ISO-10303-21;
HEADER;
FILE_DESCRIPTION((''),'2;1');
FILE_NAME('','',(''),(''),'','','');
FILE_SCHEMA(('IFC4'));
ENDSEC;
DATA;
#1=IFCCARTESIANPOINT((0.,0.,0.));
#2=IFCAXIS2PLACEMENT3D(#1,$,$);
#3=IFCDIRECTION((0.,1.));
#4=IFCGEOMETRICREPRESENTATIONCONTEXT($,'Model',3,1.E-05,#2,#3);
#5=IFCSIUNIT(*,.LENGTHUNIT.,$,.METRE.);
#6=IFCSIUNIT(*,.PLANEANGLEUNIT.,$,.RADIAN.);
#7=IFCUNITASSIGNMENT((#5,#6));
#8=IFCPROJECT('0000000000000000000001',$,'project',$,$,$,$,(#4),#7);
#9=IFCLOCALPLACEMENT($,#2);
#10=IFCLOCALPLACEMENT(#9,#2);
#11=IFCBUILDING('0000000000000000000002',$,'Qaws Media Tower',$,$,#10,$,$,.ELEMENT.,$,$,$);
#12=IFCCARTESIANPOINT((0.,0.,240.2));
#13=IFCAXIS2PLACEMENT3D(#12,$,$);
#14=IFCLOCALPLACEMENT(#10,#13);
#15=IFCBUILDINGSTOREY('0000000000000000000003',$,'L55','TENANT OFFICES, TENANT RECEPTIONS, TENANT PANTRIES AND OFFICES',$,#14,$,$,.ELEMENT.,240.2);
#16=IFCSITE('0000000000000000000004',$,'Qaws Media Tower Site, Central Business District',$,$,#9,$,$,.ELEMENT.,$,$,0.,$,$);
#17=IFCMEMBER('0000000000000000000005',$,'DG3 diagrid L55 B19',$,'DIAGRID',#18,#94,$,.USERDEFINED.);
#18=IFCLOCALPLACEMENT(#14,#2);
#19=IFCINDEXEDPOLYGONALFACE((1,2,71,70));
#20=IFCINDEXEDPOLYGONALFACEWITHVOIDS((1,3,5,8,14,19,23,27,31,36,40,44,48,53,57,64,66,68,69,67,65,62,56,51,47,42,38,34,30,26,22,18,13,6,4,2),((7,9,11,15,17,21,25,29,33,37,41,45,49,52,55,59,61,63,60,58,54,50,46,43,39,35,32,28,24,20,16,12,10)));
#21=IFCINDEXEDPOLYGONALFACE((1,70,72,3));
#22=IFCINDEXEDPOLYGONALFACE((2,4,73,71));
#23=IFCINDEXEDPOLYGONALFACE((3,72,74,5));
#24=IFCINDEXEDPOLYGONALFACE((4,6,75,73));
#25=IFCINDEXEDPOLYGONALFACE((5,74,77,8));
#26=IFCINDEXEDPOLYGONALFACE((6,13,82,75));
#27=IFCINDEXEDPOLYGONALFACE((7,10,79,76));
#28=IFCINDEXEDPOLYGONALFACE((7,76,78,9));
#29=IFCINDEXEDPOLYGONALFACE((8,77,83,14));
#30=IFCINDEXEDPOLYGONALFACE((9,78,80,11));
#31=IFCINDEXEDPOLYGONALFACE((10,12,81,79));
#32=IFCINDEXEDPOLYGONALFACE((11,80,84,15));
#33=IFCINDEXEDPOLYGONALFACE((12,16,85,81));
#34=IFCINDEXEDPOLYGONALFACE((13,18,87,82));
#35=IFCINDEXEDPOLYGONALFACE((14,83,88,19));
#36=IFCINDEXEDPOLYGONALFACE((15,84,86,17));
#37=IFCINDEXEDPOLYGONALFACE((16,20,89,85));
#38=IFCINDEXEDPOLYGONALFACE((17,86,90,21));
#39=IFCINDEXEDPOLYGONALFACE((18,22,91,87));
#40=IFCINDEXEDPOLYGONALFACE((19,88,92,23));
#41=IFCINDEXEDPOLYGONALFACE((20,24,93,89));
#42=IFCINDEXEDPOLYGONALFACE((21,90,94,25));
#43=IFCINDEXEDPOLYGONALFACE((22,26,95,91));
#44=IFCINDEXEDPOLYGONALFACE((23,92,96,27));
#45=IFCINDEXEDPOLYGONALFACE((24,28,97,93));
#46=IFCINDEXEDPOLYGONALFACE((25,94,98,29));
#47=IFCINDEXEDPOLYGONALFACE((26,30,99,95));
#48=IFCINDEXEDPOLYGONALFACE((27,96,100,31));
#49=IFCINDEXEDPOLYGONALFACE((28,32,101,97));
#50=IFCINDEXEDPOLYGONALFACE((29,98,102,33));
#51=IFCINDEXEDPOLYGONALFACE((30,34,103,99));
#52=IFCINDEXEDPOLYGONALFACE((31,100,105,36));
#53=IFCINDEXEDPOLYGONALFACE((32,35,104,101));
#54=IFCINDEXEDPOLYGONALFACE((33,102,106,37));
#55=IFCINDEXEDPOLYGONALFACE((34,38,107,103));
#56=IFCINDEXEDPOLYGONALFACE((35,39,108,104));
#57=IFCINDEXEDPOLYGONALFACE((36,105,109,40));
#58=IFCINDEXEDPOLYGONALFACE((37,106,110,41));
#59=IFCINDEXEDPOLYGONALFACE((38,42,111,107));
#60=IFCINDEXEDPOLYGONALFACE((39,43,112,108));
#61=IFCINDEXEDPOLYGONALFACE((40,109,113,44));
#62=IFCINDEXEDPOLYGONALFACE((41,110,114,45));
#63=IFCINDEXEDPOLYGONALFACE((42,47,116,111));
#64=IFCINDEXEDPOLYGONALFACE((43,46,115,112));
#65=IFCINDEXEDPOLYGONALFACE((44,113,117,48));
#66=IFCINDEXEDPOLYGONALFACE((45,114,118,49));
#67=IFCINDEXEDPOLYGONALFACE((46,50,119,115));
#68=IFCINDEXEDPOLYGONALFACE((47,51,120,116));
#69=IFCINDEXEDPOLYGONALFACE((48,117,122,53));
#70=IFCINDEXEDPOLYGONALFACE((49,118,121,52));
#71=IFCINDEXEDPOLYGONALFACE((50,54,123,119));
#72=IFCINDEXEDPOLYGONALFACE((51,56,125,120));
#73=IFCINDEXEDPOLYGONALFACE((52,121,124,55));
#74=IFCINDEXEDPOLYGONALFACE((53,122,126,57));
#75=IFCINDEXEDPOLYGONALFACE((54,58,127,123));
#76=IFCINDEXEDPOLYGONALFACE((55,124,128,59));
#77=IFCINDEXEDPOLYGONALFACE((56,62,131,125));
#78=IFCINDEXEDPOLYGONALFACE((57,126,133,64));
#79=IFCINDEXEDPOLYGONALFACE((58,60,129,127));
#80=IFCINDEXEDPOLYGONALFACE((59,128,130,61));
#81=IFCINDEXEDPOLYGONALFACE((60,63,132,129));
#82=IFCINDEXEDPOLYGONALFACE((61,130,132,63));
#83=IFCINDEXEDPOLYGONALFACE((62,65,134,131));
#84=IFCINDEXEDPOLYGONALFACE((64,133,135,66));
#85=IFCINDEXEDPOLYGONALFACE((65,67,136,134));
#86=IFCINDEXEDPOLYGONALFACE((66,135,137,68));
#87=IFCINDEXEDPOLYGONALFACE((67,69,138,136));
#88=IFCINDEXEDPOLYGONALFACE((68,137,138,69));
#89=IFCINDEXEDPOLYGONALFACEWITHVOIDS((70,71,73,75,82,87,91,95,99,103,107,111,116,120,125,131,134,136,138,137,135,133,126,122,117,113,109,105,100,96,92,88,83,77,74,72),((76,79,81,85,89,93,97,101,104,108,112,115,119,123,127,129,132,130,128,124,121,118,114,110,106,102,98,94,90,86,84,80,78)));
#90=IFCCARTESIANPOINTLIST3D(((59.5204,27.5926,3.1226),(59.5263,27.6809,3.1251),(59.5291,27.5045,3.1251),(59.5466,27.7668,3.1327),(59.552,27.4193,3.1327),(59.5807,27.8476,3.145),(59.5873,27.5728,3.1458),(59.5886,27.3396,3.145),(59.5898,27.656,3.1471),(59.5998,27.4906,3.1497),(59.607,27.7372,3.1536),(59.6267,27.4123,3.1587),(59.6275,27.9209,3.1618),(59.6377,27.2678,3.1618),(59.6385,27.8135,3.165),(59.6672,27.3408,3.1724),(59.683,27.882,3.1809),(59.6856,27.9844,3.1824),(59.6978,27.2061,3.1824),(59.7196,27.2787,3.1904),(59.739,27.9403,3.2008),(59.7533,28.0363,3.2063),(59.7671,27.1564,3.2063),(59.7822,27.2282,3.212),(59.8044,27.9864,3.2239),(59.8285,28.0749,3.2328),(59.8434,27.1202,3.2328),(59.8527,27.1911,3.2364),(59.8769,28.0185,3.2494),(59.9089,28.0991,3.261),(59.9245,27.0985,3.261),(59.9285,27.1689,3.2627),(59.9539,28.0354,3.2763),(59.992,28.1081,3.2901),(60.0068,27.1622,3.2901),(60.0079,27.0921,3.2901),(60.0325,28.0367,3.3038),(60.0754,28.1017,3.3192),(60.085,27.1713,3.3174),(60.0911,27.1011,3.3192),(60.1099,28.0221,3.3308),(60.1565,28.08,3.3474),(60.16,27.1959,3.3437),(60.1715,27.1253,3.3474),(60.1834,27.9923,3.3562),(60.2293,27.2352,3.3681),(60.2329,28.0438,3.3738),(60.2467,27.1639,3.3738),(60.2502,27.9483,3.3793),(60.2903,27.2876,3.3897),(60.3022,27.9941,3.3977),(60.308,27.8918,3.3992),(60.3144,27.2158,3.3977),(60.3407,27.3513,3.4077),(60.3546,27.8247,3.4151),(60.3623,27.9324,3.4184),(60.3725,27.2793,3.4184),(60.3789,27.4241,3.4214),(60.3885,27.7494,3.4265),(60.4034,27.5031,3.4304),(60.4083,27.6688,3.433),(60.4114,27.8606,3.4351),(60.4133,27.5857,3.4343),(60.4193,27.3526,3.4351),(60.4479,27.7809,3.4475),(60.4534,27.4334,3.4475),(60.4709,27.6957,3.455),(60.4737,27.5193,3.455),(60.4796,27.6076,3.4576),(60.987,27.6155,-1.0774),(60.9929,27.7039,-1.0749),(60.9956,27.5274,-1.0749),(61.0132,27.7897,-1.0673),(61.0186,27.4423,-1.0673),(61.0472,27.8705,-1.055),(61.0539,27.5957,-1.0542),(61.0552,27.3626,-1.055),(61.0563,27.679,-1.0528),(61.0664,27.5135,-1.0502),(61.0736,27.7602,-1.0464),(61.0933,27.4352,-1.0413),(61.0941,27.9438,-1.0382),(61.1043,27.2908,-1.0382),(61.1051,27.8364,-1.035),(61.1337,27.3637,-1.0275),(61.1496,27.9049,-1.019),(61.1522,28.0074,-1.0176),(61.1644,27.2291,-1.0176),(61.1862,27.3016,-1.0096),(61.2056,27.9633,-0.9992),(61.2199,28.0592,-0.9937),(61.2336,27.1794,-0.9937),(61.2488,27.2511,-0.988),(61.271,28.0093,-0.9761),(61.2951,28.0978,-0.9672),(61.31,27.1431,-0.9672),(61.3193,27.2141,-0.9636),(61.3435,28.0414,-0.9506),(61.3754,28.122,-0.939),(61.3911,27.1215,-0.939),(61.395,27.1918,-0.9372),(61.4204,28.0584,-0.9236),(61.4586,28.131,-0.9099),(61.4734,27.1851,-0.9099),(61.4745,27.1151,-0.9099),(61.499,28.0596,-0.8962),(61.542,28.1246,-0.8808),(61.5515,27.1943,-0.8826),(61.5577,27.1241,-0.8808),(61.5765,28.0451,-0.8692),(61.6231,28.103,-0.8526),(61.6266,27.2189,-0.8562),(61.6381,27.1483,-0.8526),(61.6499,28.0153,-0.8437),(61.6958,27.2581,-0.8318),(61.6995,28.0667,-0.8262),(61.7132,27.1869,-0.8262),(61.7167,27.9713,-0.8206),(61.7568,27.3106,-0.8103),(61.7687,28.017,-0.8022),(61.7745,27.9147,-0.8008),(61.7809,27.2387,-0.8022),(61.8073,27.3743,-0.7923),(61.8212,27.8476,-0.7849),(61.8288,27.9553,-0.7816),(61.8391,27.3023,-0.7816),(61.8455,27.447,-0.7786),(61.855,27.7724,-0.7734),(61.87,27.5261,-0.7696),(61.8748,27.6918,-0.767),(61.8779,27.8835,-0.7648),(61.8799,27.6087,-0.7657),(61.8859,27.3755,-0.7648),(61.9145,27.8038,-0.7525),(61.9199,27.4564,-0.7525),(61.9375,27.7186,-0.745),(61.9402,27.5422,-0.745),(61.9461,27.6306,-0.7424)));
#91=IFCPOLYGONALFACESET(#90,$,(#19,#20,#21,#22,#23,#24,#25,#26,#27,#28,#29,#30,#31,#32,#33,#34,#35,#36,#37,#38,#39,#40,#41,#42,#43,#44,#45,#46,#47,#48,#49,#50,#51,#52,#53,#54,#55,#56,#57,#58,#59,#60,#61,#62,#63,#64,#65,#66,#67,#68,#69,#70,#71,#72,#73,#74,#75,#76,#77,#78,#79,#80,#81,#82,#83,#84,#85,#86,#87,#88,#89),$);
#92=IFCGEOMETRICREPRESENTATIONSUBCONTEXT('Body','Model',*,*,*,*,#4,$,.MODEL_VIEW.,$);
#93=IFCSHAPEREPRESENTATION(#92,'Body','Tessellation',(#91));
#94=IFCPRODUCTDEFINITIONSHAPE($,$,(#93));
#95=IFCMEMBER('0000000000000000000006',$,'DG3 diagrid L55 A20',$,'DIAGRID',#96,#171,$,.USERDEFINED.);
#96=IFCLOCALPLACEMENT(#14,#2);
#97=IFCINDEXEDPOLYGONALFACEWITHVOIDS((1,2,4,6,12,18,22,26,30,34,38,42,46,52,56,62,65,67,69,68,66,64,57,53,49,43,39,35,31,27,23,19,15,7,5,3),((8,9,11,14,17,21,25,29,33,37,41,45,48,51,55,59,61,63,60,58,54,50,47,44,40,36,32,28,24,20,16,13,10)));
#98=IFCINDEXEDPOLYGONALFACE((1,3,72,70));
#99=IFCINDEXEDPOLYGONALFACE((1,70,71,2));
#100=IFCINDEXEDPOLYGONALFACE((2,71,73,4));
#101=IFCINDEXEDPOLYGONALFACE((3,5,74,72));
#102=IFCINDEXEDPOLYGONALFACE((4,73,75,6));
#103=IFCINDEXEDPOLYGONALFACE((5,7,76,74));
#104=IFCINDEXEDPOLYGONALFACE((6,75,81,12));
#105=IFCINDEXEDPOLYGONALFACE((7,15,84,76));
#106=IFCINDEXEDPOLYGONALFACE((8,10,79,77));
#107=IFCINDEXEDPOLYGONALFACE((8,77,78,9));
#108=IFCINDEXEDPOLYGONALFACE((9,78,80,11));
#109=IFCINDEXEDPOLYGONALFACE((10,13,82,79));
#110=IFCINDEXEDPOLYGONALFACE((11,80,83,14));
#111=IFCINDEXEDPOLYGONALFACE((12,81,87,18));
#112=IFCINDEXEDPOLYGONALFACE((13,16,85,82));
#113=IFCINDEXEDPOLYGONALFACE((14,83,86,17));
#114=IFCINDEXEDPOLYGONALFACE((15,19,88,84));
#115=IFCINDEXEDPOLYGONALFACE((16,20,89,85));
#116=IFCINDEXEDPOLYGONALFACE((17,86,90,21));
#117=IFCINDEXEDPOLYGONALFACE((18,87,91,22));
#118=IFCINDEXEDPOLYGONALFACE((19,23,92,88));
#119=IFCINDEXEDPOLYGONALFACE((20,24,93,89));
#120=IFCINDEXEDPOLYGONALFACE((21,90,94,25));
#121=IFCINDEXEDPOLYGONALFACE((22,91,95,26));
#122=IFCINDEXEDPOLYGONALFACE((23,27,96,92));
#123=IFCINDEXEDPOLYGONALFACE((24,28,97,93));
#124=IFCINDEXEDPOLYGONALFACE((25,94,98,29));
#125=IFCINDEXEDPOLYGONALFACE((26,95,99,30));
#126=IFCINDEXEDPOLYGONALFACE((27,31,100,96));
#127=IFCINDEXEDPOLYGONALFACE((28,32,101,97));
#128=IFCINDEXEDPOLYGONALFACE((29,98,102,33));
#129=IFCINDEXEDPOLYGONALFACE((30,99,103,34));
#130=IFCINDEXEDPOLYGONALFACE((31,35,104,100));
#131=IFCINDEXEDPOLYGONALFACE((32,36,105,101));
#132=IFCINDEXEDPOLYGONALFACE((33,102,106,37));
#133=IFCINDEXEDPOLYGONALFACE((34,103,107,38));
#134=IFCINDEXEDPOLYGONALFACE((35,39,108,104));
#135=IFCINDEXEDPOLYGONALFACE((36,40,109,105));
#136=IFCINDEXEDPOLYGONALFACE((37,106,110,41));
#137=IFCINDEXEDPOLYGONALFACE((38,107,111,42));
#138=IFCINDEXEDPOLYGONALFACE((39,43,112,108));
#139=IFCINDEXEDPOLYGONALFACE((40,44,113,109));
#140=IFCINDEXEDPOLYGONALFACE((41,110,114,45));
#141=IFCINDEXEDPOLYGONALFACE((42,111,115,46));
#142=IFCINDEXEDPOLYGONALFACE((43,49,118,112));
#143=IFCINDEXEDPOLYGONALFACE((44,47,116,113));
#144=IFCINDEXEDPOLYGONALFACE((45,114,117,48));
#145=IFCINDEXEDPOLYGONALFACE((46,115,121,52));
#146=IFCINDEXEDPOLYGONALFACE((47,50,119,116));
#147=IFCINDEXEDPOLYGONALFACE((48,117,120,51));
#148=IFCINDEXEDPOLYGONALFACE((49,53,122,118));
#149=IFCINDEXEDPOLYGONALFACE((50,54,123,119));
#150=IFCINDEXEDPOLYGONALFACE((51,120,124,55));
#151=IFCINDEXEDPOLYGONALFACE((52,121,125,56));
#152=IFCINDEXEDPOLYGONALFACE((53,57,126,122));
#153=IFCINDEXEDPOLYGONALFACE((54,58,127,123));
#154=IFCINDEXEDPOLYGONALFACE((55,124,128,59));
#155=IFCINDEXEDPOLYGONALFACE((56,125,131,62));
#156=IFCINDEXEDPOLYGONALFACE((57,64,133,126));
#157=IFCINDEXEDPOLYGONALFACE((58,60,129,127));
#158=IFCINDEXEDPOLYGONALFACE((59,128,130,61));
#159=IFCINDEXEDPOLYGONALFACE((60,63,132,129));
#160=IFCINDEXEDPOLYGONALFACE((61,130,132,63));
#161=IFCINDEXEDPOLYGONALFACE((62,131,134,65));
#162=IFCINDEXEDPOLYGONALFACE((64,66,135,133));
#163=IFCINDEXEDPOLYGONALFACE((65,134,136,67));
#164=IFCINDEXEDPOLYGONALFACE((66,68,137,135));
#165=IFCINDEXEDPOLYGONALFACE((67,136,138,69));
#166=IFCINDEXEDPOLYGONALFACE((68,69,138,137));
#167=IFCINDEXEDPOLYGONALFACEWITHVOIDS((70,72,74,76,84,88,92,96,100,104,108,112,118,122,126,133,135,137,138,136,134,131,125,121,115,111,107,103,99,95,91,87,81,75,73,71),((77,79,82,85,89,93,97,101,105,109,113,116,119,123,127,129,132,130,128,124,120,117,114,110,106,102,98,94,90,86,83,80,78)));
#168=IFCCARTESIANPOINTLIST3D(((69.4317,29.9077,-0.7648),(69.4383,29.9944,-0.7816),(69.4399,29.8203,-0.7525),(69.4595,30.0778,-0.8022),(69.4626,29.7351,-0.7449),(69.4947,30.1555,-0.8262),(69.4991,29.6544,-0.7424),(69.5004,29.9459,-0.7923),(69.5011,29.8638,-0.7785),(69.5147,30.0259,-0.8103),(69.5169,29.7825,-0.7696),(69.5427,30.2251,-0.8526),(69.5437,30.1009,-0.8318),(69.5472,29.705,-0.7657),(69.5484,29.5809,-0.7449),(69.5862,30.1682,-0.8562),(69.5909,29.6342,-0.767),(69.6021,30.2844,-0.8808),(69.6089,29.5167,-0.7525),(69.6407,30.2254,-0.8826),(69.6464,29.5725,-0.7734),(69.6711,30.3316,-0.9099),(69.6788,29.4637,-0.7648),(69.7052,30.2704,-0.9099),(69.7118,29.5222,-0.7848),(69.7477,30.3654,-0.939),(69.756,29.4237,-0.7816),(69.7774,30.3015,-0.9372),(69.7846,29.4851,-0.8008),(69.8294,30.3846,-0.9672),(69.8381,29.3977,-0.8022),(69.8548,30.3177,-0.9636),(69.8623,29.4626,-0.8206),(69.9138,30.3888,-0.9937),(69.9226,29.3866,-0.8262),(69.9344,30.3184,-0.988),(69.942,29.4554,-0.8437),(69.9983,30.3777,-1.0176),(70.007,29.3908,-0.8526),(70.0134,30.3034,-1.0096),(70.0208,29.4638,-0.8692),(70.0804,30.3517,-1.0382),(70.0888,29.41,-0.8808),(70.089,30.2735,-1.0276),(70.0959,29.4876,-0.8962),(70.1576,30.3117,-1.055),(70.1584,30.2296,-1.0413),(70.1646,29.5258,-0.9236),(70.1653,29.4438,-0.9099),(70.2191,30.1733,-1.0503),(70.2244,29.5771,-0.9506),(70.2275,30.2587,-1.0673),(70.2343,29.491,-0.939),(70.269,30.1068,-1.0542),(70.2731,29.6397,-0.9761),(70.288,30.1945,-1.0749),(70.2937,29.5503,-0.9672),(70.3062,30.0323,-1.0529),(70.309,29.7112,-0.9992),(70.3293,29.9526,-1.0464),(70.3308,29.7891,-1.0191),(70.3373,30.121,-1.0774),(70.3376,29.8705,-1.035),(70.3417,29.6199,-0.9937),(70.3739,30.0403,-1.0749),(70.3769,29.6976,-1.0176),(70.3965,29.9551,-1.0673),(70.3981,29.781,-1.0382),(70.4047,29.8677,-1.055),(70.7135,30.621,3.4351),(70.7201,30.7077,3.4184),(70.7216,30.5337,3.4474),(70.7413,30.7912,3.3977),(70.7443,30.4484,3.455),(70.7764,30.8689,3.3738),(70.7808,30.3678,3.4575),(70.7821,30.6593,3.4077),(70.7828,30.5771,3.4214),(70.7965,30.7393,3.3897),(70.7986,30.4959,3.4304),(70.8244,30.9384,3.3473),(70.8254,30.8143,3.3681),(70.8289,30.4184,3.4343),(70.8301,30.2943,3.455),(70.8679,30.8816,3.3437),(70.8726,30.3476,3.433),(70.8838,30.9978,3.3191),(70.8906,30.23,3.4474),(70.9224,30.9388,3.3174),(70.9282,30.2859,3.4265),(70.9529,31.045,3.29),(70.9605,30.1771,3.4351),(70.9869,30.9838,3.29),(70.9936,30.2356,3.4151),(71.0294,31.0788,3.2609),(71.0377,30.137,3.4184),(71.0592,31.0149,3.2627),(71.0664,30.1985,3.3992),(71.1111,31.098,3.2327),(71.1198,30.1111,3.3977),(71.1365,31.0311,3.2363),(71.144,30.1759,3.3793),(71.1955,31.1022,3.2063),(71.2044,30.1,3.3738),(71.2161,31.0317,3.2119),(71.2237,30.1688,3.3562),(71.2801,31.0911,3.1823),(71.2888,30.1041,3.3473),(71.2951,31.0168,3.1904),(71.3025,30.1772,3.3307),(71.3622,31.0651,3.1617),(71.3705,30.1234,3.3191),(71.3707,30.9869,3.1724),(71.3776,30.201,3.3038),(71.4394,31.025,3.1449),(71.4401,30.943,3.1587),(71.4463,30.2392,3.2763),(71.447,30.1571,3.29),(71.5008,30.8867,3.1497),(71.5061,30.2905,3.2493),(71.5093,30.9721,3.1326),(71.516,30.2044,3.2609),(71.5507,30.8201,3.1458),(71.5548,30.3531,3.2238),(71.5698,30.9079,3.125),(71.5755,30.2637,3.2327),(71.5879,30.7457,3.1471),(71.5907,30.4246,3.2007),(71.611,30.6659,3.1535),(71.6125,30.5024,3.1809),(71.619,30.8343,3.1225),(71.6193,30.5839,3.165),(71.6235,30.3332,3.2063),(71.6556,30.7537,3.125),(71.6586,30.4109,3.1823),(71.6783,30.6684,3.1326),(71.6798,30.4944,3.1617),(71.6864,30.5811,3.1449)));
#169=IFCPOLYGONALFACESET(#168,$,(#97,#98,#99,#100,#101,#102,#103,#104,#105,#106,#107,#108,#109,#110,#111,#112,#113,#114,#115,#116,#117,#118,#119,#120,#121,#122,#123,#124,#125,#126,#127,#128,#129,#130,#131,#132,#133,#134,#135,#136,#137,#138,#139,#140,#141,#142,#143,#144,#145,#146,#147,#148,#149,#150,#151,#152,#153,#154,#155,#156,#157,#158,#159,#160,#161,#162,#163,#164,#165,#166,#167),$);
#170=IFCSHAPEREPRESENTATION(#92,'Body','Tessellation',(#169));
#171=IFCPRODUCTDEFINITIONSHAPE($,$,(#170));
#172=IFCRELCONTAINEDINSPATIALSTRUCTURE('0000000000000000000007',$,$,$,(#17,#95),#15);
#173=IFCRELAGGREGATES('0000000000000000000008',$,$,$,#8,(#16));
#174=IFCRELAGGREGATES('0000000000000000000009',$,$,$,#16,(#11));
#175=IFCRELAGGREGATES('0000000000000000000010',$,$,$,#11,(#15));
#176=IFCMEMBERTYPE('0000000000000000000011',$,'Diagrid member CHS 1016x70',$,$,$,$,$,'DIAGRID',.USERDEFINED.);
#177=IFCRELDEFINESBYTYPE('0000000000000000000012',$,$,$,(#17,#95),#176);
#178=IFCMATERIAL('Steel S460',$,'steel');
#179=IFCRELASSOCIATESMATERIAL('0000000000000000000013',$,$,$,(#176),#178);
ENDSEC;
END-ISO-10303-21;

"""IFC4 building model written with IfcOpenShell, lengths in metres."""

from ifc_helpers import new_model, si_unit, direction, frame, origin, origin_2d, place, context, subcontext, project, spatial, hollow_circle, extrude, material, material_profile, profile_set, type_object, element, save


model = new_model("IFC4")

# Units and contexts
model_context = context("Model", 3, precision=1e-05, world=origin(), true_north=direction((0.0, 1.0)))
body_context = subcontext(model_context, "Body", "Model", "MODEL_VIEW")
ifc_project = project(units=[si_unit("LENGTHUNIT", "METRE"), si_unit("PLANEANGLEUNIT", "RADIAN")], contexts=[model_context])

# Site, building, storey
site_placement = place(None, origin())
site = spatial("IfcSite", under=ifc_project, at=site_placement, Name="Qaws Media Tower Site, Central Business District", CompositionType="ELEMENT", RefElevation=0.0)
building_placement = place(site_placement, origin())
building = spatial("IfcBuilding", under=site, at=building_placement, Name="Qaws Media Tower", CompositionType="ELEMENT")
storey_placement = place(building_placement, frame((0.0, 0.0, 240.2)))
storey = spatial("IfcBuildingStorey", under=building, at=storey_placement, Name="L55", Description="TENANT OFFICES, TENANT RECEPTIONS, TENANT PANTRIES AND OFFICES", CompositionType="ELEMENT", Elevation=240.2)

# Members
ifc_material_1 = material(Name="Steel S460", Category="steel")
ifc_material_profile_1 = material_profile(ifc_material_1, hollow_circle(Radius=0.5081, WallThickness=0.0701, at=origin_2d()), Name="CHS 1016x70")
ifc_profile_set_1 = profile_set([ifc_material_profile_1], Name="Steel S460")
member_type_1 = type_object("IfcMemberType", Name="Diagrid member CHS 1016x70", ElementType="DIAGRID", PredefinedType="USERDEFINED", material=ifc_profile_set_1)
for number, where, z_axis, x_axis, name in (
    (1, (61.4666, 27.623, -0.9099), (-0.329659, -0.005159, 0.944086), (0.015646, -0.999878, 0.0), "DG3 diagrid L55 B19"),
    (2, (69.9182, 29.8877, -0.9099), (0.288112, 0.160355, 0.944075), (-0.486321, 0.87378, 0.0), "DG3 diagrid L55 A20"),
):
    element("IfcMember", number, at=place(storey_placement, frame(where, z_axis=z_axis, x_axis=x_axis)), inside=storey, type_object=member_type_1, Name=name, ObjectType="DIAGRID", PredefinedType="USERDEFINED", context=body_context, shape_type="SweptSolid", body=[
        extrude(hollow_circle(Radius=0.5081, WallThickness=0.0701, at=origin_2d()), origin(), (0.0, 0.0, 1.0), 4.4487),
    ])

save(model, "model.ifc")
